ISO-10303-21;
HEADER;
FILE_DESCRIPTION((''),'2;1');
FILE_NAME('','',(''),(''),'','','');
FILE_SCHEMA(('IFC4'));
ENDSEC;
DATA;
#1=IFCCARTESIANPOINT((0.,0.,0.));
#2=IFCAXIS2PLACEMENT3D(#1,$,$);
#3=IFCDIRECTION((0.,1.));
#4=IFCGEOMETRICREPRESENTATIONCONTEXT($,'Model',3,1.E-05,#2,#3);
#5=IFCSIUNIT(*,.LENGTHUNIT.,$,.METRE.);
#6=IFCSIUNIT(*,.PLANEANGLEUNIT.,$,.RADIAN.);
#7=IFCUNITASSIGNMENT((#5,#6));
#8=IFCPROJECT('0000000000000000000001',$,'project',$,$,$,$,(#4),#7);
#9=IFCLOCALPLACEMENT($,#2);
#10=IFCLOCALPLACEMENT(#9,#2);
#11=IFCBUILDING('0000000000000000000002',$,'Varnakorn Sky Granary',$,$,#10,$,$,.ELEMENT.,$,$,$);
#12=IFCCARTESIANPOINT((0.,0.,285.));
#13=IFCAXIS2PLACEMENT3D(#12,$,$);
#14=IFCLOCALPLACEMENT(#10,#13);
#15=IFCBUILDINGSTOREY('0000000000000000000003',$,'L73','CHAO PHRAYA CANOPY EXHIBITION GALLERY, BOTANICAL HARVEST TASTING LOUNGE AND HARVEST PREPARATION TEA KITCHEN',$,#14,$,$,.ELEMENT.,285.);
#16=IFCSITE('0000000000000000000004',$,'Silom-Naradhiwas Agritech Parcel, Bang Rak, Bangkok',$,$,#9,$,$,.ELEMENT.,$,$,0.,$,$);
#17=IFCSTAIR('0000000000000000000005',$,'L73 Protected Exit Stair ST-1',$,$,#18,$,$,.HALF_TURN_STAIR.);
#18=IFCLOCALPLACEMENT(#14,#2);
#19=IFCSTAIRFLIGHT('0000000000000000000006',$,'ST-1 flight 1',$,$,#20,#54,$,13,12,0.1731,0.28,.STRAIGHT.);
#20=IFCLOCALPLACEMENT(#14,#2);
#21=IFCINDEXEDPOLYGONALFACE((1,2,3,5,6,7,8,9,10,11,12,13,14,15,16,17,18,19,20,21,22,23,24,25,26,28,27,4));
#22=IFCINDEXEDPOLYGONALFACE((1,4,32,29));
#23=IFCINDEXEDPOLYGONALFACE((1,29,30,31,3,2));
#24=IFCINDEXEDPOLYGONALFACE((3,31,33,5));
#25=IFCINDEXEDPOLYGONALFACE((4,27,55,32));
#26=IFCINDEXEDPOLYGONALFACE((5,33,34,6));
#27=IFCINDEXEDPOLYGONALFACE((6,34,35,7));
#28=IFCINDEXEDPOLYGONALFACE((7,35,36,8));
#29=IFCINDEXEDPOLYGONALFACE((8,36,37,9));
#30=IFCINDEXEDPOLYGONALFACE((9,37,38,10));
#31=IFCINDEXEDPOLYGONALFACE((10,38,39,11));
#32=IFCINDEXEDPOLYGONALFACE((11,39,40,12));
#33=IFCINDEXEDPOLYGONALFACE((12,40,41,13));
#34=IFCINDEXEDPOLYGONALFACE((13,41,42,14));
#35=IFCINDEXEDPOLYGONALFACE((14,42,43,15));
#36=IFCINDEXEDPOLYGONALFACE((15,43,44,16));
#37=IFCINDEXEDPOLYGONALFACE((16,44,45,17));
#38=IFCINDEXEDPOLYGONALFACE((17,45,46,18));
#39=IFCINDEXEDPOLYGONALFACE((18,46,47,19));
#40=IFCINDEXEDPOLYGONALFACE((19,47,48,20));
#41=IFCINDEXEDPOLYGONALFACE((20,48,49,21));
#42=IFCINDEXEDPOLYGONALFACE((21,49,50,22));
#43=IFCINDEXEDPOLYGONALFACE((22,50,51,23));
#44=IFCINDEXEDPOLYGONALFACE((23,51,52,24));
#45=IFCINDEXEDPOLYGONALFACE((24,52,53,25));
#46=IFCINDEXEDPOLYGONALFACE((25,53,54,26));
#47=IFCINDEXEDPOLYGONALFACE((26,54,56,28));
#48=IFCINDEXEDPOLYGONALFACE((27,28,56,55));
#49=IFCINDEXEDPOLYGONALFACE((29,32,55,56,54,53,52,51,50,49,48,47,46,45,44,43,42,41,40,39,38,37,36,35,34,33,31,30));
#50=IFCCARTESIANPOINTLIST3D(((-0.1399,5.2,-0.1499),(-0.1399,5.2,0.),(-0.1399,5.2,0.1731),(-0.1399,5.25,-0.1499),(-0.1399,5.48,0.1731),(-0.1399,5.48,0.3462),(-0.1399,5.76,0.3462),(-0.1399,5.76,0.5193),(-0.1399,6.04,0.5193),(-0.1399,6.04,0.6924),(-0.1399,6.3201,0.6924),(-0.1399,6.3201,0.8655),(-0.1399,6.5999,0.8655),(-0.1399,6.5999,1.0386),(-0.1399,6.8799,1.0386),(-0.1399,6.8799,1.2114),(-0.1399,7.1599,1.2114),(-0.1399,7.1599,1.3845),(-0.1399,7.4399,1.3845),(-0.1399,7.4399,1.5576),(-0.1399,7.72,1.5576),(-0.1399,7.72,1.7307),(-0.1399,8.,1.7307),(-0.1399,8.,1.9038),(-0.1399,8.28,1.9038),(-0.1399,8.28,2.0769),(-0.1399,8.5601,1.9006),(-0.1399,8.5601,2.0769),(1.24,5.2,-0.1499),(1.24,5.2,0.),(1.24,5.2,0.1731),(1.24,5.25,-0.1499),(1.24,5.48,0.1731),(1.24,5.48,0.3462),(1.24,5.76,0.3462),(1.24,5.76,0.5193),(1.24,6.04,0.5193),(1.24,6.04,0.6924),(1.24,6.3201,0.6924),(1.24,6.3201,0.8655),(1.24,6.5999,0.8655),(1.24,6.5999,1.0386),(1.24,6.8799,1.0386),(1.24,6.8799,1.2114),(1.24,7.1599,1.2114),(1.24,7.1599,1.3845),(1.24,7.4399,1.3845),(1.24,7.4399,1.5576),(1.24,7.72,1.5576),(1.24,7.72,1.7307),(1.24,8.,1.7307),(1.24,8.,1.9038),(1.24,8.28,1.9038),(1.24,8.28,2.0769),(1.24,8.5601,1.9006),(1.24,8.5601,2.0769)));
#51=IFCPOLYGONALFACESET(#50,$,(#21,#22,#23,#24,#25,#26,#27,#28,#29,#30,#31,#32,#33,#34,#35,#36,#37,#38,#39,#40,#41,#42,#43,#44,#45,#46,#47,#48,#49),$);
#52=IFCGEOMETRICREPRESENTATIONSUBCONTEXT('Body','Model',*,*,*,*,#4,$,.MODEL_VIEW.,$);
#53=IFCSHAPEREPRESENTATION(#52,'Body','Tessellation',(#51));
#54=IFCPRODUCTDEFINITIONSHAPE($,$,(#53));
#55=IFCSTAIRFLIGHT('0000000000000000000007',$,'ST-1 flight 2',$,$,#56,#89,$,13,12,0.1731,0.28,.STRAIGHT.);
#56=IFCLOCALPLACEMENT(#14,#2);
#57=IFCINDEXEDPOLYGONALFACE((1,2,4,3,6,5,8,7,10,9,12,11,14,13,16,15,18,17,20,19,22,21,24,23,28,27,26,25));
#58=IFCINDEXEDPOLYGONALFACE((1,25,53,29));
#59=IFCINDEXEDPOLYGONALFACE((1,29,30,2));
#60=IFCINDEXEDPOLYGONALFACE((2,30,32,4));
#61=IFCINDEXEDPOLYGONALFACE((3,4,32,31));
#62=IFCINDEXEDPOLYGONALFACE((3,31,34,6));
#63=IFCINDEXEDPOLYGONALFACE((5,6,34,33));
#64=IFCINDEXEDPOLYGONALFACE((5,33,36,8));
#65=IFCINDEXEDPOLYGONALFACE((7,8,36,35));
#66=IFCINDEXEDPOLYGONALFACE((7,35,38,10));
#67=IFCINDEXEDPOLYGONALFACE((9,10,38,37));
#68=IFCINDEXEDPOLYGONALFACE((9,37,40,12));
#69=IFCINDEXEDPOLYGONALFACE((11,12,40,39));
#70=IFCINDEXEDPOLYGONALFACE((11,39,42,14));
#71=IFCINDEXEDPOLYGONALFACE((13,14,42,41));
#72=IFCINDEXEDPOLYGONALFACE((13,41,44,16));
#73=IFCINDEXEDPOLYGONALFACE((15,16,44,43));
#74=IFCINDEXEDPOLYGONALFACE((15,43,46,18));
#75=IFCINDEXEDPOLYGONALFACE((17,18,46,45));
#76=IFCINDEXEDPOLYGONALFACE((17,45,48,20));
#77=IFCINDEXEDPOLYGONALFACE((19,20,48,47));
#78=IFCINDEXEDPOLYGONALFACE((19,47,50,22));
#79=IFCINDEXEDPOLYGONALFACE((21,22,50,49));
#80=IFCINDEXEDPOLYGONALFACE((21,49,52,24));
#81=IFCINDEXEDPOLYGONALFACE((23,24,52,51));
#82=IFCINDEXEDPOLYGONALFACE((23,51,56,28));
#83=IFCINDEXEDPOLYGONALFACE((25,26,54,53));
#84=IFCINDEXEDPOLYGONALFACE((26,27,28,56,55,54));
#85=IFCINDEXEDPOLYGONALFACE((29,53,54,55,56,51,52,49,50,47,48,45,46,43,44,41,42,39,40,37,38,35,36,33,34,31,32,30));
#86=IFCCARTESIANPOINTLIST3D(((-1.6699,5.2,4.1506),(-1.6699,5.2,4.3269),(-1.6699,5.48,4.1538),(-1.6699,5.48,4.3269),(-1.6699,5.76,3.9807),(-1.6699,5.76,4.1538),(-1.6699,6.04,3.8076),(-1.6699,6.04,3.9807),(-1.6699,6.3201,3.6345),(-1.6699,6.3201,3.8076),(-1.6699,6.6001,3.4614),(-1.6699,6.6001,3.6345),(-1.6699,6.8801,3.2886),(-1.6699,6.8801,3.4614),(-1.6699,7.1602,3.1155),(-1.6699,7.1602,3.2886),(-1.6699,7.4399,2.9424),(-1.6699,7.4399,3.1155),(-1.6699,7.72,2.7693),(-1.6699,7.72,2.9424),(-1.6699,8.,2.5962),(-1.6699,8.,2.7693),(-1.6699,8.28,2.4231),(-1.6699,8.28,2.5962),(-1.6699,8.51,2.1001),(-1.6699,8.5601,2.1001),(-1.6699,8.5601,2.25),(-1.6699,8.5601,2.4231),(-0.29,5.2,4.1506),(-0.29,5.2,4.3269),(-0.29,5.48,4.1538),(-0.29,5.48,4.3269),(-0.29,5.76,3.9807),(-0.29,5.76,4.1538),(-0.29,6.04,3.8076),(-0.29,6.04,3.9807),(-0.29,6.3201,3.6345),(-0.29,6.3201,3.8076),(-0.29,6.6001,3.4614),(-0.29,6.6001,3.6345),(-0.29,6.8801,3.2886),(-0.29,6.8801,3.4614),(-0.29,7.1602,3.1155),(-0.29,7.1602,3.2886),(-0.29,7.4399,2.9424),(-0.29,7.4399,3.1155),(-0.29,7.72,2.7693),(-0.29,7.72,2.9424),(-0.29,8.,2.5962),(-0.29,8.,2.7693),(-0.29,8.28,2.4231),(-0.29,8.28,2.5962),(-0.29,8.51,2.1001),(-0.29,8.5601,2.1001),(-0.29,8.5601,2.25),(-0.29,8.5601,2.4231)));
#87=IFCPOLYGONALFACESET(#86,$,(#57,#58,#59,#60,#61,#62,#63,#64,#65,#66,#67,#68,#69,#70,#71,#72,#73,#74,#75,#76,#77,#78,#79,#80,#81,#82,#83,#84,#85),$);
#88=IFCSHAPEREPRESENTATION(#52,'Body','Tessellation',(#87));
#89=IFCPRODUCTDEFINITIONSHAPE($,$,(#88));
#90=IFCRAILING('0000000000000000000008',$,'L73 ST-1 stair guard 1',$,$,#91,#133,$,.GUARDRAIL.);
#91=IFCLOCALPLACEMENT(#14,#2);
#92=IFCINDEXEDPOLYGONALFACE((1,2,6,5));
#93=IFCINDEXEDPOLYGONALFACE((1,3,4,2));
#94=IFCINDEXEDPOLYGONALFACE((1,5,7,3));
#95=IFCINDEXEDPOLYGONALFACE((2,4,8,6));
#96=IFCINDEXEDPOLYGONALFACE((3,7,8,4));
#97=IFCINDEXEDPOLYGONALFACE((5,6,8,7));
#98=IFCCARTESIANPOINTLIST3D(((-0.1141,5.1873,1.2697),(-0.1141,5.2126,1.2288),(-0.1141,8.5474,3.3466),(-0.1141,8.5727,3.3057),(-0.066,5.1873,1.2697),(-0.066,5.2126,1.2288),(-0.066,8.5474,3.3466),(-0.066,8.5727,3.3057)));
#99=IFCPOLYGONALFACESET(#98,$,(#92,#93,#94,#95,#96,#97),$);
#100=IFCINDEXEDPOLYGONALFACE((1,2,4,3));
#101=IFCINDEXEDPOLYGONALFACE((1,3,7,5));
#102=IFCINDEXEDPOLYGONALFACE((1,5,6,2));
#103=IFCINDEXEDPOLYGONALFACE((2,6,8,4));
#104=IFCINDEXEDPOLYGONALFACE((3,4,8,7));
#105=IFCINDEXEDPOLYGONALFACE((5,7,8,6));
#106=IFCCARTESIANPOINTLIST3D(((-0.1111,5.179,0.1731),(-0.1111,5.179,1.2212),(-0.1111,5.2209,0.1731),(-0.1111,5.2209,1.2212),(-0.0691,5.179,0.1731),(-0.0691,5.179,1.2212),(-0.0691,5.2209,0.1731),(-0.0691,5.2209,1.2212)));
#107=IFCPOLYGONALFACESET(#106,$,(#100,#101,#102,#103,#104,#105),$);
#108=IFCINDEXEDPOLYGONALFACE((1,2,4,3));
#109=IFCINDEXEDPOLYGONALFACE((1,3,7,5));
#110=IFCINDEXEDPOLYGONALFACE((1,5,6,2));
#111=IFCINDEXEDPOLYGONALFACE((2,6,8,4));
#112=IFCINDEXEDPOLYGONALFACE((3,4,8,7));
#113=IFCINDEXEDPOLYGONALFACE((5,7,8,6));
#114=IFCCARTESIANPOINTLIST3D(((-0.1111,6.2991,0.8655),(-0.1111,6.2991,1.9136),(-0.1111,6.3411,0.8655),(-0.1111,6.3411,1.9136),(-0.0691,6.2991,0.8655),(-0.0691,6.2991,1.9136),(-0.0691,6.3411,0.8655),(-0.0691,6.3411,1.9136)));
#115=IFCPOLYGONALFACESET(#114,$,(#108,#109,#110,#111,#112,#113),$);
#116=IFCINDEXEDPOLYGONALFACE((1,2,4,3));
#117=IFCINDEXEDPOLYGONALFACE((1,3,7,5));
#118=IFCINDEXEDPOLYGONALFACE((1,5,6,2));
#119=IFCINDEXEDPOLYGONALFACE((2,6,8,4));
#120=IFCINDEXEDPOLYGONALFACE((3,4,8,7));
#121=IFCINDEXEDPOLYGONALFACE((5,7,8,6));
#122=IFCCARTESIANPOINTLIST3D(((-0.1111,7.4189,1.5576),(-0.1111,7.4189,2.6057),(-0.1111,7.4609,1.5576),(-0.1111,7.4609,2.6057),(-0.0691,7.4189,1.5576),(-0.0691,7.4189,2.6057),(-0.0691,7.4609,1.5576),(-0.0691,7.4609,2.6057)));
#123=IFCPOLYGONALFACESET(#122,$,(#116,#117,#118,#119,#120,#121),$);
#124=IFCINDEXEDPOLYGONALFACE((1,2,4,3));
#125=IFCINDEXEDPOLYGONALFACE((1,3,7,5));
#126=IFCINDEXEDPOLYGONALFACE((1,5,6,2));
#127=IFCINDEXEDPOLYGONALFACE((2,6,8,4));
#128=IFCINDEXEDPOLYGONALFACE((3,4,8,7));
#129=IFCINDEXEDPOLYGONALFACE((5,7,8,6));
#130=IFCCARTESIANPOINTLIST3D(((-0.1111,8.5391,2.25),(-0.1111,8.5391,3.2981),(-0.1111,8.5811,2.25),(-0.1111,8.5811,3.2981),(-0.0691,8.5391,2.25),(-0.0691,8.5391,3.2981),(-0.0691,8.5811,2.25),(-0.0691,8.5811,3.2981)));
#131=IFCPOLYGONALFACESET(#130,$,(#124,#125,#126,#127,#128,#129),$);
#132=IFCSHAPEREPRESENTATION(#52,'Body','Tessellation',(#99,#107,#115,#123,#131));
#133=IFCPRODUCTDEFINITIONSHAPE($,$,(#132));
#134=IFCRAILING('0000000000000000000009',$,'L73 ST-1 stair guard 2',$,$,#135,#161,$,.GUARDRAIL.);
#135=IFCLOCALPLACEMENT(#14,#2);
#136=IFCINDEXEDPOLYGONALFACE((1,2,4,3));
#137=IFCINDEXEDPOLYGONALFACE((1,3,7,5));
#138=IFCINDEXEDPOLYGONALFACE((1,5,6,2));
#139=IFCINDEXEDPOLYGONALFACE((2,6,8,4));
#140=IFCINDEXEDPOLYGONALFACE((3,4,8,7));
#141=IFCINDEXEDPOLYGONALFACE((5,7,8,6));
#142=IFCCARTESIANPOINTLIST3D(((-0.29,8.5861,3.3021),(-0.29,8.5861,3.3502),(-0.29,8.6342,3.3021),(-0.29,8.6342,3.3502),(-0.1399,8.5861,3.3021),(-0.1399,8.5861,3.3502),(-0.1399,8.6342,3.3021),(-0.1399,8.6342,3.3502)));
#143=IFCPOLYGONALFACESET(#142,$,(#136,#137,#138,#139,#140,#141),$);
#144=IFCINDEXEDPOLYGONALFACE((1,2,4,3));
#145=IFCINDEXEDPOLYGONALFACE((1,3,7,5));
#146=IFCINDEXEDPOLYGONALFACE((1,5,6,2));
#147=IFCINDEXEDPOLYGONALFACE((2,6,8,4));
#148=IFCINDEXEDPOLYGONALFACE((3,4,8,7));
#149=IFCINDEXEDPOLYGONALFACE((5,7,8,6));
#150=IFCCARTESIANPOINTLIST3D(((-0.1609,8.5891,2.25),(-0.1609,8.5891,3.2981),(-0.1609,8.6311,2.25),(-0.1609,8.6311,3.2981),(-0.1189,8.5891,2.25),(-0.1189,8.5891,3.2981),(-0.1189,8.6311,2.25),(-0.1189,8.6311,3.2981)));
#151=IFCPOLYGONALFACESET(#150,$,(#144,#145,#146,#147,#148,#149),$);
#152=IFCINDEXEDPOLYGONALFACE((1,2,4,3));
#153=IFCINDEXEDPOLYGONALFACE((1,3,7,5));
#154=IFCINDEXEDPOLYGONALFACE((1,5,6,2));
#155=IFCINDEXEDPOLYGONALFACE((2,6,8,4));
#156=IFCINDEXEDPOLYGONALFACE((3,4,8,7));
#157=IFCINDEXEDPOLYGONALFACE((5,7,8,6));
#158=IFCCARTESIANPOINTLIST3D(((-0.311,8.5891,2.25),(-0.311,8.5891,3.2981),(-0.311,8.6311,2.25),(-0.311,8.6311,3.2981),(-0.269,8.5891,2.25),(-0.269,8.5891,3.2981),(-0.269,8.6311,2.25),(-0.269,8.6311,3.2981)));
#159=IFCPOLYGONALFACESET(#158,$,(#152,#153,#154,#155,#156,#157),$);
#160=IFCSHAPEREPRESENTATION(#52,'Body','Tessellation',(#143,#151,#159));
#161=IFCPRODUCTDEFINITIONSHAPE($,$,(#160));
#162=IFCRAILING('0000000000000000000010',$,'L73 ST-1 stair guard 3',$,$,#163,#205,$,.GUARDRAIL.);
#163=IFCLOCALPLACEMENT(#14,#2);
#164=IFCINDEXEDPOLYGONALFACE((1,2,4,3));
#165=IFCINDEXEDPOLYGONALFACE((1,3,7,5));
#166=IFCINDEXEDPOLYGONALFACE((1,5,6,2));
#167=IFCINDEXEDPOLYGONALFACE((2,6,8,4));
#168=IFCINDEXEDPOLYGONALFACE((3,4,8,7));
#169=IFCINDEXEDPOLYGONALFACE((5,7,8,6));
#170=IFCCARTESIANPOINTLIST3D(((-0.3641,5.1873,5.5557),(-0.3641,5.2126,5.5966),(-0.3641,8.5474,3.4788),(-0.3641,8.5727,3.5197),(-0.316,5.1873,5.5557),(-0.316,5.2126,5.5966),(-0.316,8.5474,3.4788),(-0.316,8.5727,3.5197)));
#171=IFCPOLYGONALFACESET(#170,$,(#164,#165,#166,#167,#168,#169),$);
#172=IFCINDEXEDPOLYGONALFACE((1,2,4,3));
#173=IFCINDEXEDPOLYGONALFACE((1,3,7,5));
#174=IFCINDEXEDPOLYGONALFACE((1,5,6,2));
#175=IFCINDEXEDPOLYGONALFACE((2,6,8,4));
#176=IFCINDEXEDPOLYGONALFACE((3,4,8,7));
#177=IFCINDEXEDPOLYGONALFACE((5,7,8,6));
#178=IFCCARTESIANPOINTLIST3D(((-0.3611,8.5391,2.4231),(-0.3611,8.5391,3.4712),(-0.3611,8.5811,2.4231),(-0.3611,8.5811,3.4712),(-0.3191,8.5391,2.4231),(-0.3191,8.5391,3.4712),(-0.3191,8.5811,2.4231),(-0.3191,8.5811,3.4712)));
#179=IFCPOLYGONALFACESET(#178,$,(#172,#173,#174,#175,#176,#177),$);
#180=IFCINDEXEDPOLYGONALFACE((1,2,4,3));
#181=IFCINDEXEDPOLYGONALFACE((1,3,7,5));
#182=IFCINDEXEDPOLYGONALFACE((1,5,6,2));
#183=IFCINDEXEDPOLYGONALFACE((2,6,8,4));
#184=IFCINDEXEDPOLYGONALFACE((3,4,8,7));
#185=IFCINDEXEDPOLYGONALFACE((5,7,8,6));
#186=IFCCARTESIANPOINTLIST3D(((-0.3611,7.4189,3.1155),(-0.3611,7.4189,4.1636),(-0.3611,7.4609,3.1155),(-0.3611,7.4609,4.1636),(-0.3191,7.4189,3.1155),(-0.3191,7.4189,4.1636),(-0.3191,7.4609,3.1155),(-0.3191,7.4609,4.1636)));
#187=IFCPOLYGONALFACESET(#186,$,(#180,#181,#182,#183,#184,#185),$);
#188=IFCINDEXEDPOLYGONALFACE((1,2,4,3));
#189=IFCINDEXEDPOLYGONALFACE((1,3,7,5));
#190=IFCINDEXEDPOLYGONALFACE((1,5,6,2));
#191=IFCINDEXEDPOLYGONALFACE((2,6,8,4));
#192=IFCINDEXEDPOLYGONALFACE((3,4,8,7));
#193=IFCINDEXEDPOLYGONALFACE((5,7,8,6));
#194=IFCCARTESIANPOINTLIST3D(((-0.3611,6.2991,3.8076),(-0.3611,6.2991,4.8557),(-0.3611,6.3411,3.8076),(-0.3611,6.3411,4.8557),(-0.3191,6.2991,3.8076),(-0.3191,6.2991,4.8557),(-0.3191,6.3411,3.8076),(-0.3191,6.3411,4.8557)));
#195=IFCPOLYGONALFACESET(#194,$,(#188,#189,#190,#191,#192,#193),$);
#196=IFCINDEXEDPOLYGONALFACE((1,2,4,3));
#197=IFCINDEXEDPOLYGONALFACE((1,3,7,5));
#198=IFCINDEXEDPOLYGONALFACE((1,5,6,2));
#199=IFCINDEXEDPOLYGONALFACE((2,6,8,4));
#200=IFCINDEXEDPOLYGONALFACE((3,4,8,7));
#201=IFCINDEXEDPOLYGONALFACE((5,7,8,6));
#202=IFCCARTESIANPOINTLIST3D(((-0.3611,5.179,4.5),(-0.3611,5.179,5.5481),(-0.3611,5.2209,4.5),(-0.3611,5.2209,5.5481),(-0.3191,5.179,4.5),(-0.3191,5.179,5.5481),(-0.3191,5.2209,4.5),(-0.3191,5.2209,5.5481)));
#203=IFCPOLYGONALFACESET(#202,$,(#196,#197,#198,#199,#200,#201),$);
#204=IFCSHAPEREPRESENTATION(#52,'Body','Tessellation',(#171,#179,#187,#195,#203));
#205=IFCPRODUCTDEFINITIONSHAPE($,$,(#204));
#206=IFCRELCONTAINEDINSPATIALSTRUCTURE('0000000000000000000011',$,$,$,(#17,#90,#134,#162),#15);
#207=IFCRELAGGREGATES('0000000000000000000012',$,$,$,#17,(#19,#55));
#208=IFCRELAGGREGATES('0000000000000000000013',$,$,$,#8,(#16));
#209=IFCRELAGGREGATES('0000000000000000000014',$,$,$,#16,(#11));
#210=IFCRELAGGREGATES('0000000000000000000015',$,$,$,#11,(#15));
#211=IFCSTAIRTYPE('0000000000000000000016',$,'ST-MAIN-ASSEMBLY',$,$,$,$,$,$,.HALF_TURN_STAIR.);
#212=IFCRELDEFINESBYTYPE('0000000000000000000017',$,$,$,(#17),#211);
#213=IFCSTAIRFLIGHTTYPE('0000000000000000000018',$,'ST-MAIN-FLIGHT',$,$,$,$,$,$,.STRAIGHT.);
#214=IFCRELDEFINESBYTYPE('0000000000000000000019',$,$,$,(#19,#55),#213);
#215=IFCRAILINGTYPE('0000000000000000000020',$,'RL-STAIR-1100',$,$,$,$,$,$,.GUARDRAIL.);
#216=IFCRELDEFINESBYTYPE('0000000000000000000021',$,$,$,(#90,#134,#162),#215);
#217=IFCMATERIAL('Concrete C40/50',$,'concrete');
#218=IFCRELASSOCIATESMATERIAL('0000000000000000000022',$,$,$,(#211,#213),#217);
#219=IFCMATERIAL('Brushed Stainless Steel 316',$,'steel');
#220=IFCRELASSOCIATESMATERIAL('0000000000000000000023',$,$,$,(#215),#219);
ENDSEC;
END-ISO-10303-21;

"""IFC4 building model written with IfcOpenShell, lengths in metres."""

from ifc_helpers import new_model, si_unit, direction, frame, origin, origin_2d, place, context, subcontext, project, spatial, polyline, rectangle, outline, extrude, material, type_object, element, aggregate, save


model = new_model("IFC4")

# Units and contexts
model_context = context("Model", 3, precision=1e-05, world=origin(), true_north=direction((0.0, 1.0)))
body_context = subcontext(model_context, "Body", "Model", "MODEL_VIEW")
ifc_project = project(units=[si_unit("LENGTHUNIT", "METRE"), si_unit("PLANEANGLEUNIT", "RADIAN")], contexts=[model_context])

# Site, building, storey
site_placement = place(None, origin())
site = spatial("IfcSite", under=ifc_project, at=site_placement, Name="Silom-Naradhiwas Agritech Parcel, Bang Rak, Bangkok", CompositionType="ELEMENT", RefElevation=0.0)
building_placement = place(site_placement, origin())
building = spatial("IfcBuilding", under=site, at=building_placement, Name="Varnakorn Sky Granary", CompositionType="ELEMENT")
storey_placement = place(building_placement, frame((0.0, 0.0, 285.0)))
storey = spatial("IfcBuildingStorey", under=building, at=storey_placement, Name="L73", Description="CHAO PHRAYA CANOPY EXHIBITION GALLERY, BOTANICAL HARVEST TASTING LOUNGE AND HARVEST PREPARATION TEA KITCHEN", CompositionType="ELEMENT", Elevation=285.0)

# Stair, stair flights
ifc_material_1 = material(Name="Concrete C40/50", Category="concrete")
stair_type = type_object("IfcStairType", Name="ST-MAIN-ASSEMBLY", PredefinedType="HALF_TURN_STAIR", material=ifc_material_1)
stair_placement = place(storey_placement, origin())
stair = element("IfcStair", 1, at=stair_placement, inside=storey, type_object=stair_type, Name="L73 Protected Exit Stair ST-1", PredefinedType="HALF_TURN_STAIR")
stair_flight_type = type_object("IfcStairFlightType", Name="ST-MAIN-FLIGHT", PredefinedType="STRAIGHT", material=ifc_material_1)
stair_flight_1_placement = place(storey_placement, frame((0.55, 5.2, 0.0), z_axis=(0.0, 0.0, 1.0), x_axis=(0.0, 1.0, 0.0)))
stair_flight_1 = element("IfcStairFlight", 2, at=stair_flight_1_placement, type_object=stair_flight_type, Name="ST-1 flight 1", NumberOfRisers=13, NumberOfTreads=12, PredefinedType="STRAIGHT", RiserHeight=0.1731, TreadLength=0.28, context=body_context, shape_type="SweptSolid", body=[
    extrude(outline(polyline([(0.0, -0.1499), (0.0, 0.0), (0.0, 0.1731), (0.28, 0.1731), (0.28, 0.3462), (0.5601, 0.3462), (0.5601, 0.5193), (0.8401, 0.5193), (0.8401, 0.6924), (1.1201, 0.6924), (1.1201, 0.8655), (1.3999, 0.8655), (1.3999, 1.0386), (1.6799, 1.0386), (1.6799, 1.2114), (1.96, 1.2114), (1.96, 1.3845), (2.24, 1.3845), (2.24, 1.5576), (2.52, 1.5576), (2.52, 1.7307), (2.8, 1.7307), (2.8, 1.9038), (3.0801, 1.9038), (3.0801, 2.0769), (3.3601, 2.0769), (3.3601, 2.25), (3.3601, 1.9006), (0.05, -0.1499), (0.0, -0.1499)])), frame((0.0, 0.6899, 0.0), z_axis=(0.0, -1.0, 0.0), x_axis=(1.0, 0.0, 0.0)), (0.0, 0.0, 1.0), 1.3799),
])
stair_flight_2_placement = place(storey_placement, frame((-0.98, 8.5601, 2.25), z_axis=(0.0, 0.0, 1.0), x_axis=(0.0, -1.0, 0.0)))
stair_flight_2 = element("IfcStairFlight", 3, at=stair_flight_2_placement, type_object=stair_flight_type, Name="ST-1 flight 2", NumberOfRisers=13, NumberOfTreads=12, PredefinedType="STRAIGHT", RiserHeight=0.1731, TreadLength=0.28, context=body_context, shape_type="SweptSolid", body=[
    extrude(outline(polyline([(0.0, -0.1499), (0.0, 0.0), (0.0, 0.1731), (0.28, 0.1731), (0.28, 0.3462), (0.5601, 0.3462), (0.5601, 0.5193), (0.8401, 0.5193), (0.8401, 0.6924), (1.1201, 0.6924), (1.1201, 0.8655), (1.3999, 0.8655), (1.3999, 1.0386), (1.6799, 1.0386), (1.6799, 1.2114), (1.96, 1.2114), (1.96, 1.3845), (2.24, 1.3845), (2.24, 1.5576), (2.52, 1.5576), (2.52, 1.7307), (2.8, 1.7307), (2.8, 1.9038), (3.0801, 1.9038), (3.0801, 2.0769), (3.3601, 2.0769), (3.3601, 2.25), (3.3601, 1.9006), (0.05, -0.1499), (0.0, -0.1499)])), frame((0.0, 0.6899, 0.0), z_axis=(0.0, -1.0, 0.0), x_axis=(1.0, 0.0, 0.0)), (0.0, 0.0, 1.0), 1.3799),
])
aggregate(stair, [stair_flight_1, stair_flight_2])

# Railings
ifc_material_2 = material(Name="Brushed Stainless Steel 316", Category="steel")
railing_type_1 = type_object("IfcRailingType", Name="RL-STAIR-1100", PredefinedType="GUARDRAIL", material=ifc_material_2)
railing_1_placement = place(storey_placement, frame((-0.0901, 5.2, 0.1731)))
element("IfcRailing", 4, at=railing_1_placement, inside=storey, type_object=railing_type_1, Name="L73 ST-1 stair guard 1", PredefinedType="GUARDRAIL", context=body_context, shape_type="SweptSolid", body=[
    extrude(rectangle(XDim=0.0481, YDim=0.0481, at=origin_2d()), frame((0.0, 0.0, 1.0762), z_axis=(0.0, 0.850623, 0.525776), x_axis=(-1.0, 0.0, 0.0)), (0.0, 0.0, 1.0), 3.9502),
    extrude(rectangle(XDim=0.042, YDim=0.042, at=origin_2d()), origin(), (0.0, 0.0, 1.0), 1.0481),
    extrude(rectangle(XDim=0.042, YDim=0.042, at=origin_2d()), frame((0.0, 1.1201, 0.6924)), (0.0, 0.0, 1.0), 1.0481),
    extrude(rectangle(XDim=0.042, YDim=0.042, at=origin_2d()), frame((0.0, 2.24, 1.3845)), (0.0, 0.0, 1.0), 1.0481),
    extrude(rectangle(XDim=0.042, YDim=0.042, at=origin_2d()), frame((0.0, 3.3601, 2.0769)), (0.0, 0.0, 1.0), 1.0481),
])
railing_2_placement = place(storey_placement, frame((-0.1399, 8.6101, 2.25)))
element("IfcRailing", 5, at=railing_2_placement, inside=storey, type_object=railing_type_1, Name="L73 ST-1 stair guard 2", PredefinedType="GUARDRAIL", context=body_context, shape_type="SweptSolid", body=[
    extrude(rectangle(XDim=0.0481, YDim=0.0481, at=origin_2d()), frame((0.0, 0.0, 1.0762), z_axis=(-1.0, 0.0, 0.0), x_axis=(0.0, -1.0, 0.0)), (0.0, 0.0, 1.0), 0.1501),
    extrude(rectangle(XDim=0.042, YDim=0.042, at=origin_2d()), origin(), (0.0, 0.0, 1.0), 1.0481),
    extrude(rectangle(XDim=0.042, YDim=0.042, at=origin_2d()), frame((-0.1501, 0.0, 0.0)), (0.0, 0.0, 1.0), 1.0481),
])
railing_3_placement = place(storey_placement, frame((-0.3401, 8.5601, 2.4231)))
element("IfcRailing", 6, at=railing_3_placement, inside=storey, type_object=railing_type_1, Name="L73 ST-1 stair guard 3", PredefinedType="GUARDRAIL", context=body_context, shape_type="SweptSolid", body=[
    extrude(rectangle(XDim=0.0481, YDim=0.0481, at=origin_2d()), frame((0.0, 0.0, 1.0762), z_axis=(0.0, -0.850623, 0.525776), x_axis=(1.0, 0.0, 0.0)), (0.0, 0.0, 1.0), 3.9502),
    extrude(rectangle(XDim=0.042, YDim=0.042, at=origin_2d()), origin(), (0.0, 0.0, 1.0), 1.0481),
    extrude(rectangle(XDim=0.042, YDim=0.042, at=origin_2d()), frame((0.0, -1.1201, 0.6924)), (0.0, 0.0, 1.0), 1.0481),
    extrude(rectangle(XDim=0.042, YDim=0.042, at=origin_2d()), frame((0.0, -2.24, 1.3845)), (0.0, 0.0, 1.0), 1.0481),
    extrude(rectangle(XDim=0.042, YDim=0.042, at=origin_2d()), frame((0.0, -3.3601, 2.0769)), (0.0, 0.0, 1.0), 1.0481),
])

save(model, "model.ifc")
